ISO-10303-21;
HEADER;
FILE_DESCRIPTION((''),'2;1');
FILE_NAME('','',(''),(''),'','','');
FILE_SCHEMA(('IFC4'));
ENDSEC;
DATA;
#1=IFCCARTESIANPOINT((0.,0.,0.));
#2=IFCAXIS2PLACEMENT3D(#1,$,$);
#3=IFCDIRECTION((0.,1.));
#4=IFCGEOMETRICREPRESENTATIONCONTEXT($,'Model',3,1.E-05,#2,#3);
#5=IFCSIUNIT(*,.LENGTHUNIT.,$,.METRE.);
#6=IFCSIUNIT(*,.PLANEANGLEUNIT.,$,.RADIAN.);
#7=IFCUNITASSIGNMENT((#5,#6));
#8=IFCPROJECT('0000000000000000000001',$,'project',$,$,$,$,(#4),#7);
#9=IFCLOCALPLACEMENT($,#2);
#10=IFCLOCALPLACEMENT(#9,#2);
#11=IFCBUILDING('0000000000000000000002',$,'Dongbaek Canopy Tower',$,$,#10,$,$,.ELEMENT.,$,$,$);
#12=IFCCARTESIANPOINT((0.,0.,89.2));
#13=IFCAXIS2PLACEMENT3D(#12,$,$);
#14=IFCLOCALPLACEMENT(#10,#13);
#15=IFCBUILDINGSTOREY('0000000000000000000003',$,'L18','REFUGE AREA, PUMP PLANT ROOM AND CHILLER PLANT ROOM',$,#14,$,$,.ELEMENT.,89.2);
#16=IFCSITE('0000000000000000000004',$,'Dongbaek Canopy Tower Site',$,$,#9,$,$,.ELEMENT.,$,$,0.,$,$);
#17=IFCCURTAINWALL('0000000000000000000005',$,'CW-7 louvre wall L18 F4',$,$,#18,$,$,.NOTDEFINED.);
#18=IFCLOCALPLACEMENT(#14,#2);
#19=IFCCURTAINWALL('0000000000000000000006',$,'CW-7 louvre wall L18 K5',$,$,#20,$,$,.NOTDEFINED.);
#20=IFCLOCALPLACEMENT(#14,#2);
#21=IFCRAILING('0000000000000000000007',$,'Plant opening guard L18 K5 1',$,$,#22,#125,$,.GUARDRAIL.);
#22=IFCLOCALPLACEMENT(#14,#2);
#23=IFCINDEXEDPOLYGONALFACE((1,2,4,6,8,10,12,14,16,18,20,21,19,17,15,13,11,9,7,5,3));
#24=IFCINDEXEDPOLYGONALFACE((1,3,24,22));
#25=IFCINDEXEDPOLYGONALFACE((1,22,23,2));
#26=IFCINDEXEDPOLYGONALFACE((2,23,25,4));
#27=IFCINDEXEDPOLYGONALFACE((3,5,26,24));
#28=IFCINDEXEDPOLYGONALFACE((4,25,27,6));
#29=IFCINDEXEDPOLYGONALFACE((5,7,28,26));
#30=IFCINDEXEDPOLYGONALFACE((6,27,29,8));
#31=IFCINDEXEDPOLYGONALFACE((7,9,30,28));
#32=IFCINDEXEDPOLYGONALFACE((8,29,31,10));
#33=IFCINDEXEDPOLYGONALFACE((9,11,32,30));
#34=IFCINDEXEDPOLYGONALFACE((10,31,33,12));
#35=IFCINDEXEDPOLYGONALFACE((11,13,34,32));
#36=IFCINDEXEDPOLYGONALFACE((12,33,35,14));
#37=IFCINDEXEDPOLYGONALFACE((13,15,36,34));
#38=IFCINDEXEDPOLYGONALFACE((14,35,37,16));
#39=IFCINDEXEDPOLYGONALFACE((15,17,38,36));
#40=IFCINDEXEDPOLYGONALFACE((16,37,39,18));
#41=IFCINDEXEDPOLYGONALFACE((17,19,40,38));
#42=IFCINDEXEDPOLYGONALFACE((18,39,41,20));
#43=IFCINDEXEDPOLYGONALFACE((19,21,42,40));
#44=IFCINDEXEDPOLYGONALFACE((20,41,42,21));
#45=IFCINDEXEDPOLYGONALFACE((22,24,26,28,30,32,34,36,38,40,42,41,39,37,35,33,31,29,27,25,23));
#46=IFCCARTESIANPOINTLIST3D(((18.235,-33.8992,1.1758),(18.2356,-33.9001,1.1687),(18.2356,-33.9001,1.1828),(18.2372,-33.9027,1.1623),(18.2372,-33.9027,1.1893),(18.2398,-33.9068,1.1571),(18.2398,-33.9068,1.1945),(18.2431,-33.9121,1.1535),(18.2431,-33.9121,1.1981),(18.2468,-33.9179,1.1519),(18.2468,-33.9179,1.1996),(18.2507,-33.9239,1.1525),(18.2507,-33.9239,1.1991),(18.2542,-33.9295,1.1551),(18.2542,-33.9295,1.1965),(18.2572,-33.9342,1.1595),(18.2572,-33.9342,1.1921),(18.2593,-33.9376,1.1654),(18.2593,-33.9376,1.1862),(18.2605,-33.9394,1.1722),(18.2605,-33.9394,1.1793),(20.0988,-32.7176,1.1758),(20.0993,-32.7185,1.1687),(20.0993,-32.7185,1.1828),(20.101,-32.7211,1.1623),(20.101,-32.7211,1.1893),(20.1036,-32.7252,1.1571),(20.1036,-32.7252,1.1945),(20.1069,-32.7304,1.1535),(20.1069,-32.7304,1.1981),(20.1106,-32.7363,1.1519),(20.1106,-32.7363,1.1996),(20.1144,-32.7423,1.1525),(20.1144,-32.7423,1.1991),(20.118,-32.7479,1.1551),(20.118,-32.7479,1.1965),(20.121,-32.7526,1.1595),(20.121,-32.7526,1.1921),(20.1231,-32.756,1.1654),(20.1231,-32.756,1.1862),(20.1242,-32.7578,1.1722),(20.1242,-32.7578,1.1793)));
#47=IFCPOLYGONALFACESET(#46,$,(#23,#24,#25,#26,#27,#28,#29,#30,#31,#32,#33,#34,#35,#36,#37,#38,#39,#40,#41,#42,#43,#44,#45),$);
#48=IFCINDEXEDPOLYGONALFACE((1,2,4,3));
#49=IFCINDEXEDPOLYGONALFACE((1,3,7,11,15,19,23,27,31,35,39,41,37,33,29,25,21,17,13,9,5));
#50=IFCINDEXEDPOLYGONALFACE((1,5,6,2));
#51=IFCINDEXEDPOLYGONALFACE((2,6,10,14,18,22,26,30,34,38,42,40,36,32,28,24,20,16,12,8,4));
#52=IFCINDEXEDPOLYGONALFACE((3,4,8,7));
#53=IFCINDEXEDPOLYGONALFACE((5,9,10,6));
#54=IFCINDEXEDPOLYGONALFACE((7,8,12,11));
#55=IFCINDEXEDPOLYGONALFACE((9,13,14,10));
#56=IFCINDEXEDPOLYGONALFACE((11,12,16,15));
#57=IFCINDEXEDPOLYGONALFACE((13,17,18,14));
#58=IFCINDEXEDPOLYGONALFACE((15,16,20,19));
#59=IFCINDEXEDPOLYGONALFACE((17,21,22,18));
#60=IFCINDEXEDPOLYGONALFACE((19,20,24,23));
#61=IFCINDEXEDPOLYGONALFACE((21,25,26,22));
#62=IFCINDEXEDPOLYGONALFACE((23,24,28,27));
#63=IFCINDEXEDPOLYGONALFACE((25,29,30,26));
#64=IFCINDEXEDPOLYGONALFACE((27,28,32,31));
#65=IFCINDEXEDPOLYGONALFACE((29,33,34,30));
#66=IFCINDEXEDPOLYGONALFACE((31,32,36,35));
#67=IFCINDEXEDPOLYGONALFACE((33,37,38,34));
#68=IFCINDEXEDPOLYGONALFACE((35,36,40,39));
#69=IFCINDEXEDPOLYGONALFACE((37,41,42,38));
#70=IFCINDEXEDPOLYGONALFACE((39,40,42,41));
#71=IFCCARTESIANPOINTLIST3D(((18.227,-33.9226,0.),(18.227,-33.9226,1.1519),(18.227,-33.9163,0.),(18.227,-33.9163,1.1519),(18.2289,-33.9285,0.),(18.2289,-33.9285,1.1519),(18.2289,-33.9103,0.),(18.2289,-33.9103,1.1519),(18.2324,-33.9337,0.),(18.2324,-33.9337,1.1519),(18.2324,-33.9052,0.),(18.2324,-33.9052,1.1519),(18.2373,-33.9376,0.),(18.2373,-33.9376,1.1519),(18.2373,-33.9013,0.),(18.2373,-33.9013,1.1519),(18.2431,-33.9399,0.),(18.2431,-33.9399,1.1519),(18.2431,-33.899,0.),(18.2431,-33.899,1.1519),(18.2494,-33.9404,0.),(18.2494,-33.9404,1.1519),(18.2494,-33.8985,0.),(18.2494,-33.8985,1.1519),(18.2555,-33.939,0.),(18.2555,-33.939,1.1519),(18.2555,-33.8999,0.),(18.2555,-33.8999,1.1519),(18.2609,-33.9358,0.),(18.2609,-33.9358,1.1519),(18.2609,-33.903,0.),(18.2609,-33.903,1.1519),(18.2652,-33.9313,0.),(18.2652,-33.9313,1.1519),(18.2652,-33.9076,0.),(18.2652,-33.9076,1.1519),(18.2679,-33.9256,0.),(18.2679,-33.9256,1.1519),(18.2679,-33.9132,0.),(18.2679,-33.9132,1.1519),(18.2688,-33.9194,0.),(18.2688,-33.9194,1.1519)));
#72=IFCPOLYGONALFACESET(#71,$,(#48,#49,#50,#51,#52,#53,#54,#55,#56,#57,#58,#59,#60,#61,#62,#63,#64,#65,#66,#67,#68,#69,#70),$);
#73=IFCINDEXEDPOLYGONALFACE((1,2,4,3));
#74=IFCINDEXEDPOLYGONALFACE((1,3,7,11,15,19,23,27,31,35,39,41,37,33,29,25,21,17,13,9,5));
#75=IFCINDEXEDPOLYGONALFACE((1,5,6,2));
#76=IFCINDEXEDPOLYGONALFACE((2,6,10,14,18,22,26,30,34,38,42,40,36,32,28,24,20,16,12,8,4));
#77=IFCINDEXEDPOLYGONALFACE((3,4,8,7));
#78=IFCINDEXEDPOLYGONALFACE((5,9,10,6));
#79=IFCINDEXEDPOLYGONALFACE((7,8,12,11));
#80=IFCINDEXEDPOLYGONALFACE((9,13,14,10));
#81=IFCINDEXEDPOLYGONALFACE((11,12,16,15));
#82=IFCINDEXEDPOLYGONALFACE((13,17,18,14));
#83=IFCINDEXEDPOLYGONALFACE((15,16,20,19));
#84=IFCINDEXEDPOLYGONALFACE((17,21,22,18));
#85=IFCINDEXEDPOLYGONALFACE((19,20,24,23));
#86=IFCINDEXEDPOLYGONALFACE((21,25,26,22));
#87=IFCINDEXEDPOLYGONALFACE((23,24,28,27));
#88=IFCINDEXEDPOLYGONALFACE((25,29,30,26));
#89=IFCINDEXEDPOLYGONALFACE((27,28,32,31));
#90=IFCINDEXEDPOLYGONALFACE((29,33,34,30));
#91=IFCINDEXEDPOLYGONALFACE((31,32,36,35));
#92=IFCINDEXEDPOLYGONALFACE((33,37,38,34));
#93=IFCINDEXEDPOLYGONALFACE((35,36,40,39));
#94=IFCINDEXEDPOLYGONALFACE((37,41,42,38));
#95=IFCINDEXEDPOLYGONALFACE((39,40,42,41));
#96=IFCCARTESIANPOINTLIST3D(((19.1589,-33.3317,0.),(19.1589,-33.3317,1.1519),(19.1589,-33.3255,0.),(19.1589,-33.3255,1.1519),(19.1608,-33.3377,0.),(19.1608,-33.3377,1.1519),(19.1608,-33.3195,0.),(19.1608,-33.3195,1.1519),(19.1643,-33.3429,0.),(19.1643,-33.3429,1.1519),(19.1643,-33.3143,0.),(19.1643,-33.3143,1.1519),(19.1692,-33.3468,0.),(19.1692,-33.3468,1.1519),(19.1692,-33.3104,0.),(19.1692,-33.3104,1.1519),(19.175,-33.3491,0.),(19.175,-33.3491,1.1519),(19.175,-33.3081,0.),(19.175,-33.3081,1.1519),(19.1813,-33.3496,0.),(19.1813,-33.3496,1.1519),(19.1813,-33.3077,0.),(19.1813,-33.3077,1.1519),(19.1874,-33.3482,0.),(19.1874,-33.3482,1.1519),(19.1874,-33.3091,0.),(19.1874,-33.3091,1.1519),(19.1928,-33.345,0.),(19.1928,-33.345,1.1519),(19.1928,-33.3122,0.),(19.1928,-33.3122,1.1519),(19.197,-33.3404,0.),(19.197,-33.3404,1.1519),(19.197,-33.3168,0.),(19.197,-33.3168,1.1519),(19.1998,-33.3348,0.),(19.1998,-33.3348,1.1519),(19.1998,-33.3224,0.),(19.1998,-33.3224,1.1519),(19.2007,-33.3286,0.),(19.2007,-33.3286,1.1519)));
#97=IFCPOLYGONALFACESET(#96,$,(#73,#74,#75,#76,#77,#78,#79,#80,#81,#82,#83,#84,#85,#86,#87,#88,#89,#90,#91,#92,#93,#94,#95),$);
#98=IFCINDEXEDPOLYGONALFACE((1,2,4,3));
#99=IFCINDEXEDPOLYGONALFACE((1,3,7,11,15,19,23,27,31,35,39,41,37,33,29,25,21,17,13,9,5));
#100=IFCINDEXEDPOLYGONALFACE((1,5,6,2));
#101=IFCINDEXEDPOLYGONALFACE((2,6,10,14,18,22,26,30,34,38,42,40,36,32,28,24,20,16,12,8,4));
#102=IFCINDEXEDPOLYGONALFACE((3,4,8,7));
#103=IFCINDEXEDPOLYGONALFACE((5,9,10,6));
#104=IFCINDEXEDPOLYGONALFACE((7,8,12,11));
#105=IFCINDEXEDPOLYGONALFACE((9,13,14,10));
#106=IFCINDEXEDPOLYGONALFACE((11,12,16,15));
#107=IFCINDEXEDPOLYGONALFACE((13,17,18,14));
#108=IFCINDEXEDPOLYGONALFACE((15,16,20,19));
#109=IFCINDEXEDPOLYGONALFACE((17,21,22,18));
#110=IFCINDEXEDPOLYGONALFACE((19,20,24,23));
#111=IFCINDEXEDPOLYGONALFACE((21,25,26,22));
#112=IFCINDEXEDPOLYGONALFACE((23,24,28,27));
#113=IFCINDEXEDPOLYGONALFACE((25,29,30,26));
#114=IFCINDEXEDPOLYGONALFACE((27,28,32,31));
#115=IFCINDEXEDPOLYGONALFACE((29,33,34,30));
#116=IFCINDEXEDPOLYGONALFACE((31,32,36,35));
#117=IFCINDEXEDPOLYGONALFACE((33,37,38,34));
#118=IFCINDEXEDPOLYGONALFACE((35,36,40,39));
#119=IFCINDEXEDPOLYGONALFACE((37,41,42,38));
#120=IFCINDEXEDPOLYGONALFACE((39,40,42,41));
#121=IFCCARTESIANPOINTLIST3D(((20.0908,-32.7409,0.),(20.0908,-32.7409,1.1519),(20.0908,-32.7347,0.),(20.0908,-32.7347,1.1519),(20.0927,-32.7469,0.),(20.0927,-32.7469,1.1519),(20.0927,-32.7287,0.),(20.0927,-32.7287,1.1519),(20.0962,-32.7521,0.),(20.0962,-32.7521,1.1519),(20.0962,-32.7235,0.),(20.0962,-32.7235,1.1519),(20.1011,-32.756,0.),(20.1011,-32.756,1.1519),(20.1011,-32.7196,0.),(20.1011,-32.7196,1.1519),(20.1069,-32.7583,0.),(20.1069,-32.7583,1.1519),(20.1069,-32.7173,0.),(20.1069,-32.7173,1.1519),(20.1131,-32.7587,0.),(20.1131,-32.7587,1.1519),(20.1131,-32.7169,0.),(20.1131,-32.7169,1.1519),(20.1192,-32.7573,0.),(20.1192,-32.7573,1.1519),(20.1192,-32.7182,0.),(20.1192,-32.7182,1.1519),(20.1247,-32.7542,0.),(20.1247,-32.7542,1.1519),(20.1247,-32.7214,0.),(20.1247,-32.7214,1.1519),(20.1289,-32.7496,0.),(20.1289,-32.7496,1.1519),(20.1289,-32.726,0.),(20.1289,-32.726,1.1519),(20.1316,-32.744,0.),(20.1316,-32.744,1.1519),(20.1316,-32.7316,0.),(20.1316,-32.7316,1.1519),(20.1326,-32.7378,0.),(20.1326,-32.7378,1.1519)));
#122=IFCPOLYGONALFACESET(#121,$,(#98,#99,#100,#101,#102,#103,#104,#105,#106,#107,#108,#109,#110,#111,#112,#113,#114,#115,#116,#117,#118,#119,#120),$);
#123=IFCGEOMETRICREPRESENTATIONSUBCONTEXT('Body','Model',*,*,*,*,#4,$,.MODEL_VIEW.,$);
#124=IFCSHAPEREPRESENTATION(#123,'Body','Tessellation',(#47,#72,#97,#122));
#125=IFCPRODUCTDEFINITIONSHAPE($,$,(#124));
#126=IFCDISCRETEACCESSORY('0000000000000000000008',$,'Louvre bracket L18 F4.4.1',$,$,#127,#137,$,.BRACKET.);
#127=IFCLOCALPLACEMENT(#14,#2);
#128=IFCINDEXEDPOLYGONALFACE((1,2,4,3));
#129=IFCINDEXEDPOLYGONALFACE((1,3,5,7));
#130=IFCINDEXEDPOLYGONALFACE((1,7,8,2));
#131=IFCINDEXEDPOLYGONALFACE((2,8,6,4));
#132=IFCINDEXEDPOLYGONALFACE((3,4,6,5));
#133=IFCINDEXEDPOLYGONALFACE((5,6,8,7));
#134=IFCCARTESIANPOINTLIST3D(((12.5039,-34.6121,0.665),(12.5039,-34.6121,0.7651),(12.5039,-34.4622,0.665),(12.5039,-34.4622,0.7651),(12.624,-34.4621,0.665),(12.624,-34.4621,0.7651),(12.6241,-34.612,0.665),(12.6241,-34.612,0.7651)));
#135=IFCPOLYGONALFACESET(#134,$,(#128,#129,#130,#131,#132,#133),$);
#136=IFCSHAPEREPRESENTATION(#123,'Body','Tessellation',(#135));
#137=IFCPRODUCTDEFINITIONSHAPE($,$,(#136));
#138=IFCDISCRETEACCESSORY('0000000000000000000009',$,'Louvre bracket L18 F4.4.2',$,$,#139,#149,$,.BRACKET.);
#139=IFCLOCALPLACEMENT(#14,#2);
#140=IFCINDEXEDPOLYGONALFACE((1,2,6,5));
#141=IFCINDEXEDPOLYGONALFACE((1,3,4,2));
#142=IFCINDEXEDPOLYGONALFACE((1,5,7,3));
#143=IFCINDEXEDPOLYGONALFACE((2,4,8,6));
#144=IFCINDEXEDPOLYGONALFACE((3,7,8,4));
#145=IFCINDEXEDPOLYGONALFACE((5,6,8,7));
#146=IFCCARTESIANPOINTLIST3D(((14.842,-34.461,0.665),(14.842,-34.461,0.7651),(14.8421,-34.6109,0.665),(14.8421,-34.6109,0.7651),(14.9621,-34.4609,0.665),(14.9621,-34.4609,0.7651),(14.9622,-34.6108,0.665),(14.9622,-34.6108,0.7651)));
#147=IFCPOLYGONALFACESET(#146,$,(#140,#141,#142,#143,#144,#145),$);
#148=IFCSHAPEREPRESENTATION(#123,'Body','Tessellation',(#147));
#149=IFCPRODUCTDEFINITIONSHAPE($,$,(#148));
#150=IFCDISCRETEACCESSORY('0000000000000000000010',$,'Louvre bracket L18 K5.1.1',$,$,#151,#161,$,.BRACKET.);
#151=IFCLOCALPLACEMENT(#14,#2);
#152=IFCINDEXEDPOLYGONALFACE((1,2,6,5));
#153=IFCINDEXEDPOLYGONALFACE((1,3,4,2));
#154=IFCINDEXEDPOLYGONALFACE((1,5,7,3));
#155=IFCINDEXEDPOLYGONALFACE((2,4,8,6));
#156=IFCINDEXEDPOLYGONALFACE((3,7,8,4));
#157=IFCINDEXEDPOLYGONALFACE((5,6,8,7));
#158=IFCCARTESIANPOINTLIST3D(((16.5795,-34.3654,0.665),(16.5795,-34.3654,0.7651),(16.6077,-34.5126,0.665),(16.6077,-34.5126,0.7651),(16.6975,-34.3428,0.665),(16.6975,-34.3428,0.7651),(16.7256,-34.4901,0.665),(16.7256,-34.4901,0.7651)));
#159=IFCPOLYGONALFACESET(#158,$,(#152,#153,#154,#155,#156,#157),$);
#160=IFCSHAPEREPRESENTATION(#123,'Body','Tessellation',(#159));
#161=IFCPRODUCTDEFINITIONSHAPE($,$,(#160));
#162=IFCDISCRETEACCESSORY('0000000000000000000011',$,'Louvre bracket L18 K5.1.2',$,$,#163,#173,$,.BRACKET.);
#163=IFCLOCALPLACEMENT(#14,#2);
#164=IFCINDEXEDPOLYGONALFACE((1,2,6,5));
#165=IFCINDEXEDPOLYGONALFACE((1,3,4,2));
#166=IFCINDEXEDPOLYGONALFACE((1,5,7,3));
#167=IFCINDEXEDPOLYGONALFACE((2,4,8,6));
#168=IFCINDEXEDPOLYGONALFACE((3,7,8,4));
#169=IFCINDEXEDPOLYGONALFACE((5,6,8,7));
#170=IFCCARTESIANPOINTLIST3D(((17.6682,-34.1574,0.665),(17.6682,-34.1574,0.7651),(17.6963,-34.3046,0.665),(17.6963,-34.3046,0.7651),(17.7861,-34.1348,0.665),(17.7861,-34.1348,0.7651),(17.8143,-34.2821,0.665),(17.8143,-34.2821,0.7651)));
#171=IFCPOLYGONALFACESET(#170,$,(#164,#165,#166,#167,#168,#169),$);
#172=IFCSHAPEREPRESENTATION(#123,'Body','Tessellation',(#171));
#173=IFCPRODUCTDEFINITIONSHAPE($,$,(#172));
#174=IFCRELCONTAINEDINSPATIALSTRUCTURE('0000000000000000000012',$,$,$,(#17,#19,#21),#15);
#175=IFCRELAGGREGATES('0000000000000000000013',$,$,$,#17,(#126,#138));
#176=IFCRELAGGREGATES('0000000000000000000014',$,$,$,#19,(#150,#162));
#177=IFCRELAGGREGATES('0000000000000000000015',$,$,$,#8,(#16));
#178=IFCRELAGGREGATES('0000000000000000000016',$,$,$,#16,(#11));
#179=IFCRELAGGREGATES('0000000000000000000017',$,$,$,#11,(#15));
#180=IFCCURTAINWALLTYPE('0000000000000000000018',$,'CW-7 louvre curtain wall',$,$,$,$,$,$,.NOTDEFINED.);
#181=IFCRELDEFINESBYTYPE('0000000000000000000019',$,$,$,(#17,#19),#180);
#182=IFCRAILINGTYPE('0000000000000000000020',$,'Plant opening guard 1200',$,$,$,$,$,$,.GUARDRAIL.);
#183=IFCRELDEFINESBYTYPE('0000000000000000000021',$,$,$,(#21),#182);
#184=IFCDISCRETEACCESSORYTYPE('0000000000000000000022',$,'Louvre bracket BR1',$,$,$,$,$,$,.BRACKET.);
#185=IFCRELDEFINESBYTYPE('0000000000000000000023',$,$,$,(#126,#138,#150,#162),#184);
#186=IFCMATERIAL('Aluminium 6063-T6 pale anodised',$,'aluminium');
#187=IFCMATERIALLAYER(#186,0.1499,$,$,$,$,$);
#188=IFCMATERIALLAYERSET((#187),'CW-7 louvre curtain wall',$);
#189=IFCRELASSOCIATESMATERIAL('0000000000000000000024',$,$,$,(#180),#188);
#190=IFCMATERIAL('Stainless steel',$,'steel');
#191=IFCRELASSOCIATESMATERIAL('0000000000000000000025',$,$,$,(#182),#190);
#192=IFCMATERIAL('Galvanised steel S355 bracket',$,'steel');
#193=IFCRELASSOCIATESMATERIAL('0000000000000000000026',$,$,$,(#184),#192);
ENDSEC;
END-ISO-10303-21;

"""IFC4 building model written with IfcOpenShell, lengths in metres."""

from ifc_helpers import new_model, si_unit, direction, frame, origin, origin_2d, place, context, subcontext, project, spatial, rectangle, circle, extrude, material, layer, layer_set, type_object, element, aggregate, save


model = new_model("IFC4")

# Units and contexts
model_context = context("Model", 3, precision=1e-05, world=origin(), true_north=direction((0.0, 1.0)))
body_context = subcontext(model_context, "Body", "Model", "MODEL_VIEW")
ifc_project = project(units=[si_unit("LENGTHUNIT", "METRE"), si_unit("PLANEANGLEUNIT", "RADIAN")], contexts=[model_context])

# Site, building, storey
site_placement = place(None, origin())
site = spatial("IfcSite", under=ifc_project, at=site_placement, Name="Dongbaek Canopy Tower Site", CompositionType="ELEMENT", RefElevation=0.0)
building_placement = place(site_placement, origin())
building = spatial("IfcBuilding", under=site, at=building_placement, Name="Dongbaek Canopy Tower", CompositionType="ELEMENT")
storey_placement = place(building_placement, frame((0.0, 0.0, 89.2)))
storey = spatial("IfcBuildingStorey", under=building, at=storey_placement, Name="L18", Description="REFUGE AREA, PUMP PLANT ROOM AND CHILLER PLANT ROOM", CompositionType="ELEMENT", Elevation=89.2)

# Curtain walls
ifc_material_1 = material(Name="Aluminium 6063-T6 pale anodised", Category="aluminium")
ifc_layer_1 = layer(ifc_material_1, 0.1499)
ifc_layer_set_1 = layer_set([ifc_layer_1], Name="CW-7 louvre curtain wall")
curtain_wall_type = type_object("IfcCurtainWallType", Name="CW-7 louvre curtain wall", PredefinedType="NOTDEFINED", material=ifc_layer_set_1)
curtain_wall_1_placement = place(storey_placement, origin())
curtain_wall_1 = element("IfcCurtainWall", 1, at=curtain_wall_1_placement, inside=storey, type_object=curtain_wall_type, Name="CW-7 louvre wall L18 F4", PredefinedType="NOTDEFINED")
curtain_wall_2_placement = place(storey_placement, origin())
curtain_wall_2 = element("IfcCurtainWall", 2, at=curtain_wall_2_placement, inside=storey, type_object=curtain_wall_type, Name="CW-7 louvre wall L18 K5", PredefinedType="NOTDEFINED")

# Railing
ifc_material_2 = material(Name="Stainless steel", Category="steel")
railing_type = type_object("IfcRailingType", Name="Plant opening guard 1200", PredefinedType="GUARDRAIL", material=ifc_material_2)
railing_placement = place(storey_placement, frame((18.2478, -33.9194, 0.0)))
element("IfcRailing", 3, at=railing_placement, inside=storey, type_object=railing_type, Name="Plant opening guard L18 K5 1", PredefinedType="GUARDRAIL", context=body_context, shape_type="SweptSolid", body=[
    extrude(circle(Radius=0.0239, at=origin_2d()), frame((0.0, 0.0, 1.1758), z_axis=(0.844562, 0.535457, 0.0), x_axis=(-0.535457, 0.844562, 0.0)), (0.0, 0.0, 1.0), 2.2068),
    extrude(circle(Radius=0.021, at=origin_2d()), origin(), (0.0, 0.0, 1.0), 1.1519),
    extrude(circle(Radius=0.021, at=origin_2d()), frame((0.9319, 0.5908, 0.0)), (0.0, 0.0, 1.0), 1.1519),
    extrude(circle(Radius=0.021, at=origin_2d()), frame((1.8638, 1.1816, 0.0)), (0.0, 0.0, 1.0), 1.1519),
])

# Discrete accessories
ifc_material_3 = material(Name="Galvanised steel S355 bracket", Category="steel")
discrete_accessory_type = type_object("IfcDiscreteAccessoryType", Name="Louvre bracket BR1", PredefinedType="BRACKET", material=ifc_material_3)
discrete_accessory_1_placement = place(storey_placement, frame((12.564, -34.5371, 0.665), z_axis=(0.0, 0.0, 1.0), x_axis=(1.0, 0.000524, 0.0)))
discrete_accessory_1 = element("IfcDiscreteAccessory", 4, at=discrete_accessory_1_placement, type_object=discrete_accessory_type, Name="Louvre bracket L18 F4.4.1", PredefinedType="BRACKET", context=body_context, shape_type="SweptSolid", body=[
    extrude(rectangle(XDim=0.1201, YDim=0.1499, at=origin_2d()), origin(), (0.0, 0.0, 1.0), 0.1001),
])
discrete_accessory_2_placement = place(storey_placement, frame((14.9021, -34.5359, 0.665), z_axis=(0.0, 0.0, 1.0), x_axis=(1.0, 0.000524, 0.0)))
discrete_accessory_2 = element("IfcDiscreteAccessory", 5, at=discrete_accessory_2_placement, type_object=discrete_accessory_type, Name="Louvre bracket L18 F4.4.2", PredefinedType="BRACKET", context=body_context, shape_type="SweptSolid", body=[
    extrude(rectangle(XDim=0.1201, YDim=0.1499, at=origin_2d()), origin(), (0.0, 0.0, 1.0), 0.1001),
])
aggregate(curtain_wall_1, [discrete_accessory_1, discrete_accessory_2])
discrete_accessory_3_placement = place(storey_placement, frame((16.6526, -34.4277, 0.665), z_axis=(0.0, 0.0, 1.0), x_axis=(0.982249, 0.187582, 0.0)))
discrete_accessory_3 = element("IfcDiscreteAccessory", 6, at=discrete_accessory_3_placement, type_object=discrete_accessory_type, Name="Louvre bracket L18 K5.1.1", PredefinedType="BRACKET", context=body_context, shape_type="SweptSolid", body=[
    extrude(rectangle(XDim=0.1201, YDim=0.1499, at=origin_2d()), origin(), (0.0, 0.0, 1.0), 0.1001),
])
discrete_accessory_4_placement = place(storey_placement, frame((17.7412, -34.2197, 0.665), z_axis=(0.0, 0.0, 1.0), x_axis=(0.982249, 0.187582, 0.0)))
discrete_accessory_4 = element("IfcDiscreteAccessory", 7, at=discrete_accessory_4_placement, type_object=discrete_accessory_type, Name="Louvre bracket L18 K5.1.2", PredefinedType="BRACKET", context=body_context, shape_type="SweptSolid", body=[
    extrude(rectangle(XDim=0.1201, YDim=0.1499, at=origin_2d()), origin(), (0.0, 0.0, 1.0), 0.1001),
])
aggregate(curtain_wall_2, [discrete_accessory_3, discrete_accessory_4])

save(model, "model.ifc")
